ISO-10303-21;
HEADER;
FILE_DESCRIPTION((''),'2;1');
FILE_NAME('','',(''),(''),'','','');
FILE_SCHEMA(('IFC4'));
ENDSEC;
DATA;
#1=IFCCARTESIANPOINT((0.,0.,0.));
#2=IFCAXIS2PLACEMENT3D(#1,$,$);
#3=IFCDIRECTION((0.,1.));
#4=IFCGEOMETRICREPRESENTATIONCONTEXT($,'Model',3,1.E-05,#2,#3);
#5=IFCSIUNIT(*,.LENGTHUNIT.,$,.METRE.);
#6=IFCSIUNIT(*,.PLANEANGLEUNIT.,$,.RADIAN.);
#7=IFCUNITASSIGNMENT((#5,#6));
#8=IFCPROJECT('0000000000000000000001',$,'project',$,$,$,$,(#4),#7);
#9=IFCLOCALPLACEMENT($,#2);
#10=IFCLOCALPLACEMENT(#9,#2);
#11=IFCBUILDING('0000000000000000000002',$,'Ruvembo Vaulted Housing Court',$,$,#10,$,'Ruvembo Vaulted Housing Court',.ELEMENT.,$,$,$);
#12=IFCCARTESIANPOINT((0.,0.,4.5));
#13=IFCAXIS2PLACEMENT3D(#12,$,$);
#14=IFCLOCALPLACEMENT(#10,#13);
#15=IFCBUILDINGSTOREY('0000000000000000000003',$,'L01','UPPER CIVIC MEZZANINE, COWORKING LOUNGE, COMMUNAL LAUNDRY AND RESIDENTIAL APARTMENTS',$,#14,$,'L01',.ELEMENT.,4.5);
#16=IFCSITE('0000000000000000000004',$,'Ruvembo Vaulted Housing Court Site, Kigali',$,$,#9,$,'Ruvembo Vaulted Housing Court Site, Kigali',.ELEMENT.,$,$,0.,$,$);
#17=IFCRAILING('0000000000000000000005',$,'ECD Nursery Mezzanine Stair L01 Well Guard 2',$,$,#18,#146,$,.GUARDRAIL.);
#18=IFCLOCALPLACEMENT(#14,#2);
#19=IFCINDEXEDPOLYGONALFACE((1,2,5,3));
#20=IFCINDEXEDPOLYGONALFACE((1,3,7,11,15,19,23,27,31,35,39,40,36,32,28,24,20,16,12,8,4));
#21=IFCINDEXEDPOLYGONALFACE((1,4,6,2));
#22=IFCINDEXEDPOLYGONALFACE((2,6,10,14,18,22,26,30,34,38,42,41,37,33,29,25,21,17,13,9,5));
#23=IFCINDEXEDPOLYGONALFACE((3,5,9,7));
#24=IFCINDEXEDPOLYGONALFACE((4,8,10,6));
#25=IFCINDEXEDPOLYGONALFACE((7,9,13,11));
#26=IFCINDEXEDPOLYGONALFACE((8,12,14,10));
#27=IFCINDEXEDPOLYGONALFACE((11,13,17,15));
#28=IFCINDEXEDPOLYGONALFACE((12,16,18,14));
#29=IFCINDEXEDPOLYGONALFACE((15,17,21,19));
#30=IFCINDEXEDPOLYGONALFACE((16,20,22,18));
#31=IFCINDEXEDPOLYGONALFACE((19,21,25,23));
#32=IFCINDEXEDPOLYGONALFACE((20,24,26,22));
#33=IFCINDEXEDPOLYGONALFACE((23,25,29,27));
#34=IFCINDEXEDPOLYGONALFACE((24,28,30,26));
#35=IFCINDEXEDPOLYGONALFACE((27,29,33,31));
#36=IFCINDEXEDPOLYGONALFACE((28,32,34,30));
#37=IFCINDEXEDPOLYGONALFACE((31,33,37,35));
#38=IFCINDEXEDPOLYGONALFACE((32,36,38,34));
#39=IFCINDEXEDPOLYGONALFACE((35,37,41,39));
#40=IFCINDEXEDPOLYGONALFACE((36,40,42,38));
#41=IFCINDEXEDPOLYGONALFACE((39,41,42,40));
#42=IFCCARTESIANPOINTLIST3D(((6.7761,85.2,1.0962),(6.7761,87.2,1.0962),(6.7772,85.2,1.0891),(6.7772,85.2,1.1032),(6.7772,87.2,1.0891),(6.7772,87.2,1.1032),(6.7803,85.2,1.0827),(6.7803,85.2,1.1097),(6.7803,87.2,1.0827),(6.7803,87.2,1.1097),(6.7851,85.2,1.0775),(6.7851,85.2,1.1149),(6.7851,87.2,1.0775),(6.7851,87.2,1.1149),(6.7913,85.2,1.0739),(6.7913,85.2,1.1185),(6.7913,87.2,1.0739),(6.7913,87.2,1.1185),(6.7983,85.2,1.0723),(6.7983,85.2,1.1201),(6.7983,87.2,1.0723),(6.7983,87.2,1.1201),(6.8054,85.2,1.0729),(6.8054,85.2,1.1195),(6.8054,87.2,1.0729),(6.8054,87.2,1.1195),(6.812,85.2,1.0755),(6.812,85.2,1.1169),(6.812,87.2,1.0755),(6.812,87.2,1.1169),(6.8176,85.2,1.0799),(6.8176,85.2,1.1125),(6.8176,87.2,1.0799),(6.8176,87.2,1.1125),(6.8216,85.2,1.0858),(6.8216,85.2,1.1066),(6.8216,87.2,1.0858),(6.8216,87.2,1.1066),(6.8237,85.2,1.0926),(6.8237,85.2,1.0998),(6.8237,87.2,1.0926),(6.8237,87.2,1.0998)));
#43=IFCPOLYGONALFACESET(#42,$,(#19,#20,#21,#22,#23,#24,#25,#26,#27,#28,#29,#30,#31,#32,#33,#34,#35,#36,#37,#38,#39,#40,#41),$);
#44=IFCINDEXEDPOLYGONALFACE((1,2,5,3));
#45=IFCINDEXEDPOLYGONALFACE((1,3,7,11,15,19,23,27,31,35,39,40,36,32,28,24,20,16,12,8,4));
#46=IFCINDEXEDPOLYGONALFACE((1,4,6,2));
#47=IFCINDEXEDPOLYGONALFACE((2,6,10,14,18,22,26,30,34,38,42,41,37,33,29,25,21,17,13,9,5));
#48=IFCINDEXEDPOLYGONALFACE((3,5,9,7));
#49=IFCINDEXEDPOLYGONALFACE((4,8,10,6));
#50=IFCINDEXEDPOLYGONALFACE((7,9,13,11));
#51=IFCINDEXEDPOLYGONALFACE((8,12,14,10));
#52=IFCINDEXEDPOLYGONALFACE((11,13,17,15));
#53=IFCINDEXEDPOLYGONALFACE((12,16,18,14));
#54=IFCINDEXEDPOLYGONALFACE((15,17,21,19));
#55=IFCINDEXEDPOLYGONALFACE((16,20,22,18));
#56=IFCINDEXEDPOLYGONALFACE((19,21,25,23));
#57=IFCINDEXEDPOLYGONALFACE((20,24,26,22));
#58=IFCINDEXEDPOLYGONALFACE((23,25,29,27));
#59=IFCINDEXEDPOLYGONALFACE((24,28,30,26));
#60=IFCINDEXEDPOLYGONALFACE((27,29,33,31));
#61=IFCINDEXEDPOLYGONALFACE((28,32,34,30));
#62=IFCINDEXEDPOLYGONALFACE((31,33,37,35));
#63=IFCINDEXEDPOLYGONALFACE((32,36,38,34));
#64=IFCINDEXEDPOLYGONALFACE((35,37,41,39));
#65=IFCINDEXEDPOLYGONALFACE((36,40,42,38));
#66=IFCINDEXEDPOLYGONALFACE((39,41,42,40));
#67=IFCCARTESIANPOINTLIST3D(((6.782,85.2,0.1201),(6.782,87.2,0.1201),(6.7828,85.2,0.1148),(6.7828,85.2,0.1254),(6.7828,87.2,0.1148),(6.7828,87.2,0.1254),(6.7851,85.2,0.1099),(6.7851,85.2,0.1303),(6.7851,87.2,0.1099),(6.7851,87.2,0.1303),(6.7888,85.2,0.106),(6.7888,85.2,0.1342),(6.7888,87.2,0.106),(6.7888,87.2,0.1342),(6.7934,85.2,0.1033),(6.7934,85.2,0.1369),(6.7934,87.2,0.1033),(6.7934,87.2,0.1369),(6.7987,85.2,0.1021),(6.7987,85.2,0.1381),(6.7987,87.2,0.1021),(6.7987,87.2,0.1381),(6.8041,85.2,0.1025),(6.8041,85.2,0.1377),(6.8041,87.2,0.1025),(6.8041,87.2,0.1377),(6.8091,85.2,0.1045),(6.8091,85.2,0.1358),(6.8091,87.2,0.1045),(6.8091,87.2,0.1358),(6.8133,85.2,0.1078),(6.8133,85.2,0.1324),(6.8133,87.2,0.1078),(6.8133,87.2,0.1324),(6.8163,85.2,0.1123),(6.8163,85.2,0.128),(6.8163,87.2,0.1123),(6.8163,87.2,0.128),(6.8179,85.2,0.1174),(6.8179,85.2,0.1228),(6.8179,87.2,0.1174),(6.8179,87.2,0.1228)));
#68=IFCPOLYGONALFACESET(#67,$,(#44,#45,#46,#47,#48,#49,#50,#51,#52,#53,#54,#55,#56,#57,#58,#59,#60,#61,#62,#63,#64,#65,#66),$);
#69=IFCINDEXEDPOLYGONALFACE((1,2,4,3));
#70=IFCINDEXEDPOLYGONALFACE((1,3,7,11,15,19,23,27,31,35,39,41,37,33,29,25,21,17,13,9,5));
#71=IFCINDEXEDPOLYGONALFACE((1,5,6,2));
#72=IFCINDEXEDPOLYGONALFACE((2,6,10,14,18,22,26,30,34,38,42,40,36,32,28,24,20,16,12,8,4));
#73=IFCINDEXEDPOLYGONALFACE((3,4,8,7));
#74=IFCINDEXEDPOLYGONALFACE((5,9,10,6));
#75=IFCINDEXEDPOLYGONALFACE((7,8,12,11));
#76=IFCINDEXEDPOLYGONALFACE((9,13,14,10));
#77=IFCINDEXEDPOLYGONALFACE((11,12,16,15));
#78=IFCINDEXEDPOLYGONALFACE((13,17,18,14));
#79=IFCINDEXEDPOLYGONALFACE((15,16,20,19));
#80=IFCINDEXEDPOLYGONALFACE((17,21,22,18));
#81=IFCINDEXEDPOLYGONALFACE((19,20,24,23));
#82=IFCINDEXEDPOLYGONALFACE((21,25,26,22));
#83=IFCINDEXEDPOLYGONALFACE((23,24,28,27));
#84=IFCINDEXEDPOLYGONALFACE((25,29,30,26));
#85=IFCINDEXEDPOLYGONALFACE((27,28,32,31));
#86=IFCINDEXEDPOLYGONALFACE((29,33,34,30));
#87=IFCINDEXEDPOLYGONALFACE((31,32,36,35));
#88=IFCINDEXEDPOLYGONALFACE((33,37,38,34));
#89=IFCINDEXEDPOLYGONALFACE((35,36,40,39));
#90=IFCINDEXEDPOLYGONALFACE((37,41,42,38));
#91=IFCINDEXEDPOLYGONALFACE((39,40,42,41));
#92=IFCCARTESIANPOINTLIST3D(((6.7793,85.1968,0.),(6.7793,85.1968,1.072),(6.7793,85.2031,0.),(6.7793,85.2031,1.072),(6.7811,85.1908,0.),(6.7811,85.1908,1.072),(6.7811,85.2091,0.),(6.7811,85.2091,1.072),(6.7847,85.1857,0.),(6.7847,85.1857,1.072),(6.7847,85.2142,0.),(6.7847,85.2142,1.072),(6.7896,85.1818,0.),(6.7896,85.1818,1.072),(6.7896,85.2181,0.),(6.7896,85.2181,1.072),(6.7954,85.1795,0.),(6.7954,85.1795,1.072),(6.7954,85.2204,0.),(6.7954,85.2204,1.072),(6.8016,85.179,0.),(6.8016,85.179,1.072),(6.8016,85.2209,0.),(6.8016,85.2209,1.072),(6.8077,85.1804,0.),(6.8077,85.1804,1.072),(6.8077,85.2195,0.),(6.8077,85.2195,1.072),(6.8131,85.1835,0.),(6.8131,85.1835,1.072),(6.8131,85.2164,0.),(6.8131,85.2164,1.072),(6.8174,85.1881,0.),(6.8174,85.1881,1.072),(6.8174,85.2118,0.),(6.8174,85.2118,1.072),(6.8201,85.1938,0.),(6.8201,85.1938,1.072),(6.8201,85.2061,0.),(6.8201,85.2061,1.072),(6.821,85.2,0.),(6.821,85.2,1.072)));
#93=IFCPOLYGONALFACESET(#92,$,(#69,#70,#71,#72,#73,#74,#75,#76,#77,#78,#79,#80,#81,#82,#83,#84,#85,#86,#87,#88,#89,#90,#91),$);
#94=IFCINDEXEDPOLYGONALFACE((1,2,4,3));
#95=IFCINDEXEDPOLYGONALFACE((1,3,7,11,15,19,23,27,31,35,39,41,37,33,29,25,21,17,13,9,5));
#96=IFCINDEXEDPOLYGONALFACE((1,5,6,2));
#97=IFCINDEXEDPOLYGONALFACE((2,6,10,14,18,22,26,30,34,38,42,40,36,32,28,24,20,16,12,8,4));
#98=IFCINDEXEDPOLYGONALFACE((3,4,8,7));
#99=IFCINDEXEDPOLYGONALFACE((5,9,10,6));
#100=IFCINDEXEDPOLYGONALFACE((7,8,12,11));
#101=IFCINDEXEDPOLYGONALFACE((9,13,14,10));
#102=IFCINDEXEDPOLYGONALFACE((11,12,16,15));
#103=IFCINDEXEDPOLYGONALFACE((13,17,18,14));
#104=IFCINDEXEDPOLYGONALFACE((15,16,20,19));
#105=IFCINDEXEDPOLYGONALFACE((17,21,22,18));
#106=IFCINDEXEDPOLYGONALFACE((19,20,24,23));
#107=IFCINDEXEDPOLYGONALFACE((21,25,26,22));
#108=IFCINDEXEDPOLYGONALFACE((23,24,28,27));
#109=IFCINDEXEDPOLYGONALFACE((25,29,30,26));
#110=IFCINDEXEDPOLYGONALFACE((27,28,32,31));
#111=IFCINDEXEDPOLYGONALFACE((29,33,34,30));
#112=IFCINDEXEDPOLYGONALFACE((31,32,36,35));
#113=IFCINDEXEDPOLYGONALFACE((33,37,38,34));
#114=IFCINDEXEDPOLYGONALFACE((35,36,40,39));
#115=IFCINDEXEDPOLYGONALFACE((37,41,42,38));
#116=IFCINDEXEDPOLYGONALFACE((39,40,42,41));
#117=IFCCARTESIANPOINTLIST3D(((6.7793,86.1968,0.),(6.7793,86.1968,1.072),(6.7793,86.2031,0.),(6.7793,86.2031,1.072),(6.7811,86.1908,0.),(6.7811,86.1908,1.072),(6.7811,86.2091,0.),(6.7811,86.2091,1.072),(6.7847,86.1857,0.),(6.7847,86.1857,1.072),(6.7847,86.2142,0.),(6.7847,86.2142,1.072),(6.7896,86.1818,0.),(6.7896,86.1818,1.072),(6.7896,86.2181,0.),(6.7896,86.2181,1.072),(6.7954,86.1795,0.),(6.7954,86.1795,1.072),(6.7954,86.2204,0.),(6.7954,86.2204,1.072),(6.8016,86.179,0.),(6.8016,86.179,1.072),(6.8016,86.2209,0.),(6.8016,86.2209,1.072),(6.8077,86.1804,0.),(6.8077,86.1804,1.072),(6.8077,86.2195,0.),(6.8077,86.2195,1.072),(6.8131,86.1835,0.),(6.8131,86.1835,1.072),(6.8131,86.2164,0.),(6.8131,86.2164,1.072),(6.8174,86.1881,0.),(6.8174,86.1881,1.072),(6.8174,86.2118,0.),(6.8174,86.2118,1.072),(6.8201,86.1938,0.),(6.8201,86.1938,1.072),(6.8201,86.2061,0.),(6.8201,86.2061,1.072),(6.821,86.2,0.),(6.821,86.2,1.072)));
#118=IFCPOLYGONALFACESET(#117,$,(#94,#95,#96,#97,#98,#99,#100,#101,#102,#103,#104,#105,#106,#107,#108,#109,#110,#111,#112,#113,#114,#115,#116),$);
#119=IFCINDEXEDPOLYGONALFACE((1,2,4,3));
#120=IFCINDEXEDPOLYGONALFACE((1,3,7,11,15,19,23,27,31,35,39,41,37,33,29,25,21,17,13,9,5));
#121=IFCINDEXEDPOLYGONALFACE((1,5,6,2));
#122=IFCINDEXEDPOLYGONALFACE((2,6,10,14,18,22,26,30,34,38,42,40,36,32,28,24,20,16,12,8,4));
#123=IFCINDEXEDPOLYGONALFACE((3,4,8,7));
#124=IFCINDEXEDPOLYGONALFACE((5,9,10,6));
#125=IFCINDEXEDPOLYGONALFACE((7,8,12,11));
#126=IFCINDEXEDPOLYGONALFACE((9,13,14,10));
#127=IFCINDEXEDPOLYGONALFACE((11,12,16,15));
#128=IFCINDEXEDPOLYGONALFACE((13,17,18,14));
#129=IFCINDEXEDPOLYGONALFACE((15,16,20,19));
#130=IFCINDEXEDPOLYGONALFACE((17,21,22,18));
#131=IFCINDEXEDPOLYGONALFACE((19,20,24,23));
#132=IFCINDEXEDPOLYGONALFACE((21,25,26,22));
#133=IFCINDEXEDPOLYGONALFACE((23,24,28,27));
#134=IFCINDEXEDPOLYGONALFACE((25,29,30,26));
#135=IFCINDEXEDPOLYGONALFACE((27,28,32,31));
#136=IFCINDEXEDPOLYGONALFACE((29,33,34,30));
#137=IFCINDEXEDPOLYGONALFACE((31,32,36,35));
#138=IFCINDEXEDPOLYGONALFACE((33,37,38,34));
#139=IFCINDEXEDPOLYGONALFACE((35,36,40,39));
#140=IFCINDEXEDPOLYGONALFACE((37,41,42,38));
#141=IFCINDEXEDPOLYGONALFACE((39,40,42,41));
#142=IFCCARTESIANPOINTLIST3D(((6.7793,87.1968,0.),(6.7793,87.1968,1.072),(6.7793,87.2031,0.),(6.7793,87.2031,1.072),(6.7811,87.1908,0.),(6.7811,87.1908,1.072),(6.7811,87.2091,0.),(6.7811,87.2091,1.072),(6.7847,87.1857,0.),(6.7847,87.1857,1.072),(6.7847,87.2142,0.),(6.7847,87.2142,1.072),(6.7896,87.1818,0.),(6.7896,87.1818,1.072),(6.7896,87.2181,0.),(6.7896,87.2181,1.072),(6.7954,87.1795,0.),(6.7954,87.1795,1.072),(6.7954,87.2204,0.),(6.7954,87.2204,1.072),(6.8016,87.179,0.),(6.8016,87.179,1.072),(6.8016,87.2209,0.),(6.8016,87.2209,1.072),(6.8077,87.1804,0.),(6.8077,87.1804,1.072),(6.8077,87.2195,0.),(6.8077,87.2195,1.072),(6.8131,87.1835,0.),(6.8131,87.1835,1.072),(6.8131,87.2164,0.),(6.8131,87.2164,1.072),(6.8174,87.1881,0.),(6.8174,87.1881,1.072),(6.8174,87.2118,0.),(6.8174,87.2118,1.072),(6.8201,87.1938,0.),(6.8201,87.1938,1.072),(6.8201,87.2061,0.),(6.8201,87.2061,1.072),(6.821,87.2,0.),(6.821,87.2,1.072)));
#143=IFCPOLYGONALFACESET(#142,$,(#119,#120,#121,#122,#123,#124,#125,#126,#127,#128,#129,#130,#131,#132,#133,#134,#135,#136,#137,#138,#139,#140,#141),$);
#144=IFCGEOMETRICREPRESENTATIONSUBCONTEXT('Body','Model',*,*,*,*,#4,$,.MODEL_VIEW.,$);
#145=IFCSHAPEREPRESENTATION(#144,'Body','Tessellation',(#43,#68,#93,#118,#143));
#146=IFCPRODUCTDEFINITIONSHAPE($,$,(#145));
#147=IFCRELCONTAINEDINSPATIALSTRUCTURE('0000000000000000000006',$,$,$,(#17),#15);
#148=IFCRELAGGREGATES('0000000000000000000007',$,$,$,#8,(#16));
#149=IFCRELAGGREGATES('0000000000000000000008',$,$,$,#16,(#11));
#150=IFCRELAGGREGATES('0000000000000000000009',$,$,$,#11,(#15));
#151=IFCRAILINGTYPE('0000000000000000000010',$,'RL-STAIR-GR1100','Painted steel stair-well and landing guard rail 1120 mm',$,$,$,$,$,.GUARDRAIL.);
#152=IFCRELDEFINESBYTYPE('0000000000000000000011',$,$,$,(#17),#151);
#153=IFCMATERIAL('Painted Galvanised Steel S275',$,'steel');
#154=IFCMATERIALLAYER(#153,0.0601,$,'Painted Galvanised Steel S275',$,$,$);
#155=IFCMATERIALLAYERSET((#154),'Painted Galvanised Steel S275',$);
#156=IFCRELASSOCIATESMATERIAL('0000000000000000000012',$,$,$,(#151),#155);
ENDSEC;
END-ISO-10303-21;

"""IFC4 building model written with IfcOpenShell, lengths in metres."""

from ifc_helpers import new_model, si_unit, direction, frame, origin, origin_2d, place, context, subcontext, project, spatial, circle, extrude, material, layer, layer_set, type_object, element, save


model = new_model("IFC4")

# Units and contexts
model_context = context("Model", 3, precision=1e-05, world=origin(), true_north=direction((0.0, 1.0)))
body_context = subcontext(model_context, "Body", "Model", "MODEL_VIEW")
ifc_project = project(units=[si_unit("LENGTHUNIT", "METRE"), si_unit("PLANEANGLEUNIT", "RADIAN")], contexts=[model_context])

# Site, building, storey
site_placement = place(None, origin())
site = spatial("IfcSite", under=ifc_project, at=site_placement, Name="Ruvembo Vaulted Housing Court Site, Kigali", LongName="Ruvembo Vaulted Housing Court Site, Kigali", CompositionType="ELEMENT", RefElevation=0.0)
building_placement = place(site_placement, origin())
building = spatial("IfcBuilding", under=site, at=building_placement, Name="Ruvembo Vaulted Housing Court", LongName="Ruvembo Vaulted Housing Court", CompositionType="ELEMENT")
storey_placement = place(building_placement, frame((0.0, 0.0, 4.5)))
storey = spatial("IfcBuildingStorey", under=building, at=storey_placement, Name="L01", Description="UPPER CIVIC MEZZANINE, COWORKING LOUNGE, COMMUNAL LAUNDRY AND RESIDENTIAL APARTMENTS", LongName="L01", CompositionType="ELEMENT", Elevation=4.5)

# Railing
ifc_material_1 = material(Name="Painted Galvanised Steel S275", Category="steel")
ifc_layer_1 = layer(ifc_material_1, 0.0601, Name="Painted Galvanised Steel S275")
ifc_layer_set_1 = layer_set([ifc_layer_1], Name="Painted Galvanised Steel S275")
railing_type = type_object("IfcRailingType", Name="RL-STAIR-GR1100", Description="Painted steel stair-well and landing guard rail 1120 mm", PredefinedType="GUARDRAIL", material=ifc_layer_set_1)
railing_1_placement = place(storey_placement, frame((6.8, 85.2, 0.0)))
element("IfcRailing", 1, at=railing_1_placement, inside=storey, type_object=railing_type, Name="ECD Nursery Mezzanine Stair L01 Well Guard 2", PredefinedType="GUARDRAIL", context=body_context, shape_type="SweptSolid", body=[
    extrude(circle(Radius=0.0239, at=origin_2d()), frame((0.0, 0.0, 1.0962), z_axis=(0.0, 1.0, 0.0), x_axis=(-1.0, 0.0, 0.0)), (0.0, 0.0, 1.0), 2.0),
    extrude(circle(Radius=0.0181, at=origin_2d()), frame((0.0, 0.0, 0.1201), z_axis=(0.0, 1.0, 0.0), x_axis=(-1.0, 0.0, 0.0)), (0.0, 0.0, 1.0), 2.0),
    extrude(circle(Radius=0.021, at=origin_2d()), origin(), (0.0, 0.0, 1.0), 1.072),
    extrude(circle(Radius=0.021, at=origin_2d()), frame((0.0, 1.0, 0.0)), (0.0, 0.0, 1.0), 1.072),
    extrude(circle(Radius=0.021, at=origin_2d()), frame((0.0, 2.0, 0.0)), (0.0, 0.0, 1.0), 1.072),
])

save(model, "model.ifc")
